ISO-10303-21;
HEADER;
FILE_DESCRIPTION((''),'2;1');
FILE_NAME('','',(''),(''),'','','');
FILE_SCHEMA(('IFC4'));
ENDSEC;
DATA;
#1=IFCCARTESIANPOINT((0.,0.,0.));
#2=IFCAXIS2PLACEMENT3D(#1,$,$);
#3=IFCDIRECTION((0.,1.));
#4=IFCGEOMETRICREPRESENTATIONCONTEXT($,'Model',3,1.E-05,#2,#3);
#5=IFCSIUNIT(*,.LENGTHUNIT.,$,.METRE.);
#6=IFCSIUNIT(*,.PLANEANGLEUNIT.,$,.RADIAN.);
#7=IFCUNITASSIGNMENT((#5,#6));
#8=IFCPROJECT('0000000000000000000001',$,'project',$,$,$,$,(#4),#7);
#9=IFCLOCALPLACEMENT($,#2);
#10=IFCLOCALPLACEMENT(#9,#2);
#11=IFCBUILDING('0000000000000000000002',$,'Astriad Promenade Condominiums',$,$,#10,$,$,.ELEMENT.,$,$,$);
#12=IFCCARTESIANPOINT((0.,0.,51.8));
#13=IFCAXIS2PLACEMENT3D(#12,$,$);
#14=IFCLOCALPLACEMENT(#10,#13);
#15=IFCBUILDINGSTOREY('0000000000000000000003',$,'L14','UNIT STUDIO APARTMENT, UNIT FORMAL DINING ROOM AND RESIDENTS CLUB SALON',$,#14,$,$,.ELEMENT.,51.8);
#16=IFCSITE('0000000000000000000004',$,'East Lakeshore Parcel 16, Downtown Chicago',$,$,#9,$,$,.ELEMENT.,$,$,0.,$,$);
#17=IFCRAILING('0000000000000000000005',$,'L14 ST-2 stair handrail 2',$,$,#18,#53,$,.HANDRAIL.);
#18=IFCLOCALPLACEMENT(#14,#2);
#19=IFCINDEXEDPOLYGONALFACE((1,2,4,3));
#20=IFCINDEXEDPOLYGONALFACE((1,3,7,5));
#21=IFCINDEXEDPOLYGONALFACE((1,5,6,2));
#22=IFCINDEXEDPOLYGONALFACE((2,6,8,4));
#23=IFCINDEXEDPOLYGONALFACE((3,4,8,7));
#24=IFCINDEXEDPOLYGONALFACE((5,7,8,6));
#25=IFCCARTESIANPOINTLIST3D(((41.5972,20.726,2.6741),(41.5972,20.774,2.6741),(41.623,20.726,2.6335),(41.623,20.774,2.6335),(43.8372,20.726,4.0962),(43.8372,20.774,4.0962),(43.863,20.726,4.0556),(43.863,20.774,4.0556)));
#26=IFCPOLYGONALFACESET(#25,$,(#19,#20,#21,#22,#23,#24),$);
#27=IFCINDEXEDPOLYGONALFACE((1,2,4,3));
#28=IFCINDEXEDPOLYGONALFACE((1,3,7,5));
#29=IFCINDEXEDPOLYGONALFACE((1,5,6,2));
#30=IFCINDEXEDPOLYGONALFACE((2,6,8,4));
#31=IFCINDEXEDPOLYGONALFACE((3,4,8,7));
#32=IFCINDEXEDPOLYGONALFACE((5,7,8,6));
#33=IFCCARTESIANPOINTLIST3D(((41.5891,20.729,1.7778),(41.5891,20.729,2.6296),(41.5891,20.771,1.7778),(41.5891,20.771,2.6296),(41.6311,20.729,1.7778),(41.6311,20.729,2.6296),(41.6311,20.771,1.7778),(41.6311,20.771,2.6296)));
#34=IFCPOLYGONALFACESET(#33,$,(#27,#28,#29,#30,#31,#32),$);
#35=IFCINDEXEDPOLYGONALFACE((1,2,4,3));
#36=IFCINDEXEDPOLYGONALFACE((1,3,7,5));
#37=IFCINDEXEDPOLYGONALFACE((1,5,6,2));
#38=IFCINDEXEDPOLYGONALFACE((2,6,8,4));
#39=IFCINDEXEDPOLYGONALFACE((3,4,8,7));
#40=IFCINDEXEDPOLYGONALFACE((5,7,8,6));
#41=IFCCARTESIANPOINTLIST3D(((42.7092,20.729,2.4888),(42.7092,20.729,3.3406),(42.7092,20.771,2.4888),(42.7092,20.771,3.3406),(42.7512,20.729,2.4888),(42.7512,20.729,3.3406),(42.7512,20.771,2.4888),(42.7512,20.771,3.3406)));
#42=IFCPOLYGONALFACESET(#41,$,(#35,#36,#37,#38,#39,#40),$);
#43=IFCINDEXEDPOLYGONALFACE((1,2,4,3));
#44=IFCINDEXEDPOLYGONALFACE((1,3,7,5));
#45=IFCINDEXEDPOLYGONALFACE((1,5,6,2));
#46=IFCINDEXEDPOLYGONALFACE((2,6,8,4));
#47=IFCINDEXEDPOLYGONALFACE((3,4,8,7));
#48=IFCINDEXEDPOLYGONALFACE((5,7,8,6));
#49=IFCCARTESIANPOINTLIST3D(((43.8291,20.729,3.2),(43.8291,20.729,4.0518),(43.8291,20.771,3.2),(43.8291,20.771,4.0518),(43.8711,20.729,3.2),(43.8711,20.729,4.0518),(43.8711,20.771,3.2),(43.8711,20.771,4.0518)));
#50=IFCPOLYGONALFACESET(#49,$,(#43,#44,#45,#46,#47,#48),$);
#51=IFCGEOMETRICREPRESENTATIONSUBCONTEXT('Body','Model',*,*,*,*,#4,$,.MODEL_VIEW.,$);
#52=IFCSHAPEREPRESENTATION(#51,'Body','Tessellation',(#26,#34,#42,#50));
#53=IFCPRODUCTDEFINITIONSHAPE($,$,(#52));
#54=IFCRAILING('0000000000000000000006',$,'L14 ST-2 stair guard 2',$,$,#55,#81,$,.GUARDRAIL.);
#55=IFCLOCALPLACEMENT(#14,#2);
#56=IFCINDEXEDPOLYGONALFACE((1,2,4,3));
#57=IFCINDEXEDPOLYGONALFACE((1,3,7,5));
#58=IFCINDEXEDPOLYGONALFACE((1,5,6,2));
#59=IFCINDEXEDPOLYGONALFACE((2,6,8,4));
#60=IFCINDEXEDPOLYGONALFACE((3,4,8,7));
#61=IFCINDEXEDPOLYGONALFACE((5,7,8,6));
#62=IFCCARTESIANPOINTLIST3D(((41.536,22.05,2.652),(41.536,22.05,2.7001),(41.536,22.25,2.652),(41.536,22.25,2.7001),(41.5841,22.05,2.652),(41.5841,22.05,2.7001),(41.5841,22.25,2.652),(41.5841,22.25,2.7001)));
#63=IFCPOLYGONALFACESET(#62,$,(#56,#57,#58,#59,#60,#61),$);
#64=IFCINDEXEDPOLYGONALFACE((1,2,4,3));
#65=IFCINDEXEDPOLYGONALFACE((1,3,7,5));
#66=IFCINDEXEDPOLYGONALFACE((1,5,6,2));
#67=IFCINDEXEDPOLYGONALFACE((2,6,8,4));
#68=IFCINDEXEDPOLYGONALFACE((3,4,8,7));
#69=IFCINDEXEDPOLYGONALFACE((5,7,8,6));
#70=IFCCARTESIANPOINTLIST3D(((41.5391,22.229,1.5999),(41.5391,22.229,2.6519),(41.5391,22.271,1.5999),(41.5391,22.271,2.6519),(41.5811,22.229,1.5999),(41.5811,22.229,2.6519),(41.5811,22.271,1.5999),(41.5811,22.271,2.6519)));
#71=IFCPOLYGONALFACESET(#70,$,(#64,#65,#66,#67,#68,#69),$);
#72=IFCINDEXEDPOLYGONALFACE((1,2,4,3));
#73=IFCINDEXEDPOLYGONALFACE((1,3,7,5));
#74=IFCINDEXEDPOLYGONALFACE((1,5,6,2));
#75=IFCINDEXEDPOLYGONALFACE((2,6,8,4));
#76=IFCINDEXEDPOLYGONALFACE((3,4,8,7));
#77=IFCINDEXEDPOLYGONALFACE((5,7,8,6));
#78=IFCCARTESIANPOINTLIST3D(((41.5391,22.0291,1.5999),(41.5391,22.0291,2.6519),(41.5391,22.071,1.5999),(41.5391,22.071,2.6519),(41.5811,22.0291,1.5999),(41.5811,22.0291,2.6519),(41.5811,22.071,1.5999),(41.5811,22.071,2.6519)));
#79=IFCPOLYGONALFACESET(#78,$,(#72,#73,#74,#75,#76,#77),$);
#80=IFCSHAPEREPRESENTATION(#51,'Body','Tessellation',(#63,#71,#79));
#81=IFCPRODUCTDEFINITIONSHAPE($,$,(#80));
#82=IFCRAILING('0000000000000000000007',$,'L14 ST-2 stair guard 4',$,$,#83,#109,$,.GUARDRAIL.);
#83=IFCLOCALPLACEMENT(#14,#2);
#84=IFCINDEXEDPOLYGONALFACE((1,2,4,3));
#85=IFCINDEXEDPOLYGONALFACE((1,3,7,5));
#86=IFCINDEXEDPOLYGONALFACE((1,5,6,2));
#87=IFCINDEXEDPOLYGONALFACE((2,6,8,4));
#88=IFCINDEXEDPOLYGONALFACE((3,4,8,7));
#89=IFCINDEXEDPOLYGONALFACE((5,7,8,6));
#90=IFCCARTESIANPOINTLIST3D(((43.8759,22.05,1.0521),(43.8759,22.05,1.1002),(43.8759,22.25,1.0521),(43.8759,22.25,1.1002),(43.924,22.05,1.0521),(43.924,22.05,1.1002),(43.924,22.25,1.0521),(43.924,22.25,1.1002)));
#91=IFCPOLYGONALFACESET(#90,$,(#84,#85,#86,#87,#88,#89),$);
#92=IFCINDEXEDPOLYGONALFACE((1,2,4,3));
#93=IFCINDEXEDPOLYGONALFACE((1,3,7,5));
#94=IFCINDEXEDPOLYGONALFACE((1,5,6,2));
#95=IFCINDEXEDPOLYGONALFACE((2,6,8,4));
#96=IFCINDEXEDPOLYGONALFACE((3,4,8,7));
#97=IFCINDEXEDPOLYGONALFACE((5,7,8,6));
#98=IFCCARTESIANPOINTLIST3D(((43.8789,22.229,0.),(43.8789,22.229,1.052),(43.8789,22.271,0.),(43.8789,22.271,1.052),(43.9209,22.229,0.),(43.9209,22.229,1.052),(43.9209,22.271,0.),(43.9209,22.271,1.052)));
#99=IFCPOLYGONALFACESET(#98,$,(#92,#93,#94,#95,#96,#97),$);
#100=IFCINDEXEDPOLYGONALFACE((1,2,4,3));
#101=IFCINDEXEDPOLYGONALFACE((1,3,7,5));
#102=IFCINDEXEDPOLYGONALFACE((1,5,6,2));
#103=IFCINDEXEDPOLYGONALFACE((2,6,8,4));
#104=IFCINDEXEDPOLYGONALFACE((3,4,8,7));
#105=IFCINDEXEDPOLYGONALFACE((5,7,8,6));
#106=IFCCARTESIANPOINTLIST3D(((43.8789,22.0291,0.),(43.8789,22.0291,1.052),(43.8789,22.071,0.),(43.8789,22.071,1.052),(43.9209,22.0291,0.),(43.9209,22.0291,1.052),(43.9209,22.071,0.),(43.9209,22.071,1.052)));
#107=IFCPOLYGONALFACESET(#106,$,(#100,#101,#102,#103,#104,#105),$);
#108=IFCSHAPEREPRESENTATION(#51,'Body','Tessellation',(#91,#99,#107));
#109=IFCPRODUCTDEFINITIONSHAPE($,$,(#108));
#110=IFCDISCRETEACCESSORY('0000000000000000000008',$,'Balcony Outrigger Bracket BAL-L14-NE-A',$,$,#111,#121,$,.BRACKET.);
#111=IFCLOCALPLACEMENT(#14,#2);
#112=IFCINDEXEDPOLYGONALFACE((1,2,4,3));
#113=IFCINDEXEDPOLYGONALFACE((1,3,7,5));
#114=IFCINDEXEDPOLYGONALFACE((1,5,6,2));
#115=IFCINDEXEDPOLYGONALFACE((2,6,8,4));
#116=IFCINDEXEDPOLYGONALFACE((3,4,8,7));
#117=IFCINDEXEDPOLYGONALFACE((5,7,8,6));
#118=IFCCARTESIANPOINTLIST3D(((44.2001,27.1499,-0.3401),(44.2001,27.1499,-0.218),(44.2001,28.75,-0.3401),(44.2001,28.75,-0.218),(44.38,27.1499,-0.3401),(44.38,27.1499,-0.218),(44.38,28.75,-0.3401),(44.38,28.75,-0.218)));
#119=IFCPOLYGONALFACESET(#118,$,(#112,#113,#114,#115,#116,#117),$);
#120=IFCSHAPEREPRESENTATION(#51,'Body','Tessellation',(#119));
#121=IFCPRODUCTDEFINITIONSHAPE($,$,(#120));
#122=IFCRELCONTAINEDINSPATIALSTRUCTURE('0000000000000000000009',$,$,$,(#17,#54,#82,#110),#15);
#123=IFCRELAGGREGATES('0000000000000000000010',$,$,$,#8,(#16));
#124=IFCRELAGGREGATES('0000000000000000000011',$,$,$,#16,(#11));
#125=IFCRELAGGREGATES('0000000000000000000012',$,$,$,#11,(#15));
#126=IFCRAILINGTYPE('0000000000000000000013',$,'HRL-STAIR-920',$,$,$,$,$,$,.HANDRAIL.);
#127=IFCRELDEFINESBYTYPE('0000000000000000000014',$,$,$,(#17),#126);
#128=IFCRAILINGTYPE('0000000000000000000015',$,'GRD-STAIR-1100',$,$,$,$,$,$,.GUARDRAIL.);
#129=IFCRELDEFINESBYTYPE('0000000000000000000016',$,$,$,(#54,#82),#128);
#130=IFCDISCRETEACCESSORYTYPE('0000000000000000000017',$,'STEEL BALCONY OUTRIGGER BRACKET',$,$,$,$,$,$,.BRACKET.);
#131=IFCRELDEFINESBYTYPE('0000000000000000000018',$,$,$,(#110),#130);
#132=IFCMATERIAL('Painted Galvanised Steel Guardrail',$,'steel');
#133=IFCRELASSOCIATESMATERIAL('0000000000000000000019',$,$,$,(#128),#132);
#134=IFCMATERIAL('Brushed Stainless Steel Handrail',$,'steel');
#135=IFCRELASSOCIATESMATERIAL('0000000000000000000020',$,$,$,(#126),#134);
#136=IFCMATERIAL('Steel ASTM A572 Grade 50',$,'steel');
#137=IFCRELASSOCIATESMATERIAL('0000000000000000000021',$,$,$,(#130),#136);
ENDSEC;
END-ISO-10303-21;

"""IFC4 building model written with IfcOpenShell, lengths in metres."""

from ifc_helpers import new_model, si_unit, direction, frame, origin, origin_2d, place, context, subcontext, project, spatial, rectangle, extrude, source, transform, mapped, material, type_object, type_shapes, element, save


model = new_model("IFC4")

# Units and contexts
model_context = context("Model", 3, precision=1e-05, world=origin(), true_north=direction((0.0, 1.0)))
body_context = subcontext(model_context, "Body", "Model", "MODEL_VIEW")
ifc_project = project(units=[si_unit("LENGTHUNIT", "METRE"), si_unit("PLANEANGLEUNIT", "RADIAN")], contexts=[model_context])

# Site, building, storey
site_placement = place(None, origin())
site = spatial("IfcSite", under=ifc_project, at=site_placement, Name="East Lakeshore Parcel 16, Downtown Chicago", CompositionType="ELEMENT", RefElevation=0.0)
building_placement = place(site_placement, origin())
building = spatial("IfcBuilding", under=site, at=building_placement, Name="Astriad Promenade Condominiums", CompositionType="ELEMENT")
storey_placement = place(building_placement, frame((0.0, 0.0, 51.8)))
storey = spatial("IfcBuildingStorey", under=building, at=storey_placement, Name="L14", Description="UNIT STUDIO APARTMENT, UNIT FORMAL DINING ROOM AND RESIDENTS CLUB SALON", CompositionType="ELEMENT", Elevation=51.8)

# Railings
ifc_material_1 = material(Name="Painted Galvanised Steel Guardrail", Category="steel")
railing_type_1 = type_object("IfcRailingType", Name="GRD-STAIR-1100", PredefinedType="GUARDRAIL", material=ifc_material_1)
ifc_material_2 = material(Name="Brushed Stainless Steel Handrail", Category="steel")
railing_type_2 = type_object("IfcRailingType", Name="HRL-STAIR-920", PredefinedType="HANDRAIL", material=ifc_material_2)
shared_shape_1 = source(origin(), body_context, "Body", "SweptSolid", [
    extrude(rectangle(XDim=0.0481, YDim=0.0481, at=origin_2d()), frame((0.0, 0.0, 0.876), z_axis=(0.844229, 0.0, 0.535982), x_axis=(0.0, 1.0, 0.0)), (0.0, 0.0, 1.0), 2.6533),
    extrude(rectangle(XDim=0.042, YDim=0.042, at=origin_2d()), origin(), (0.0, 0.0, 1.0), 0.8518),
    extrude(rectangle(XDim=0.042, YDim=0.042, at=origin_2d()), frame((1.1201, 0.0, 0.7109)), (0.0, 0.0, 1.0), 0.8518),
    extrude(rectangle(XDim=0.042, YDim=0.042, at=origin_2d()), frame((2.24, 0.0, 1.4221)), (0.0, 0.0, 1.0), 0.8518),
])
railing_1_placement = place(storey_placement, frame((41.6101, 20.75, 1.7778)))
element("IfcRailing", 1, at=railing_1_placement, inside=storey, type_object=railing_type_2, Name="L14 ST-2 stair handrail 2", PredefinedType="HANDRAIL", context=body_context, shape_type="MappedRepresentation", body=[
    mapped(shared_shape_1, transform((0.0, 0.0, 0.0), scale=1.0)),
])
shared_shape_2 = source(origin(), body_context, "Body", "SweptSolid", [
    extrude(rectangle(XDim=0.0481, YDim=0.0481, at=origin_2d()), frame((0.0, 0.0, 1.0762), z_axis=(0.0, -1.0, 0.0), x_axis=(1.0, 0.0, 0.0)), (0.0, 0.0, 1.0), 0.2),
    extrude(rectangle(XDim=0.042, YDim=0.042, at=origin_2d()), origin(), (0.0, 0.0, 1.0), 1.052),
    extrude(rectangle(XDim=0.042, YDim=0.042, at=origin_2d()), frame((0.0, -0.2, 0.0)), (0.0, 0.0, 1.0), 1.052),
])
for number, where, name in (
    (2, (41.5601, 22.25, 1.5999), "L14 ST-2 stair guard 2"),
    (3, (43.8999, 22.25, 0.0), "L14 ST-2 stair guard 4"),
):
    element("IfcRailing", number, at=place(storey_placement, frame(where)), inside=storey, type_object=railing_type_1, Name=name, PredefinedType="GUARDRAIL", context=body_context, shape_type="MappedRepresentation", body=[
        mapped(shared_shape_2, transform((0.0, 0.0, 0.0), scale=1.0)),
    ])

# Discrete accessory
ifc_material_3 = material(Name="Steel ASTM A572 Grade 50", Category="steel")
discrete_accessory_type = type_object("IfcDiscreteAccessoryType", Name="STEEL BALCONY OUTRIGGER BRACKET", PredefinedType="BRACKET", material=ifc_material_3)
shared_shape_3 = source(origin(), body_context, "Body", "SweptSolid", [
    extrude(rectangle(XDim=1.6001, YDim=0.1799, at=origin_2d()), origin(), (0.0, 0.0, 1.0), 0.1221),
])
type_shapes(discrete_accessory_type, [shared_shape_3])
discrete_accessory_placement = place(storey_placement, frame((44.29, 27.95, -0.3401), z_axis=(0.0, 0.0, 1.0), x_axis=(0.0, 1.0, 0.0)))
element("IfcDiscreteAccessory", 4, at=discrete_accessory_placement, inside=storey, type_object=discrete_accessory_type, Name="Balcony Outrigger Bracket BAL-L14-NE-A", PredefinedType="BRACKET", context=body_context, shape_type="MappedRepresentation", body=[
    mapped(shared_shape_3, transform((0.0, 0.0, 0.0), scale=1.0)),
])

save(model, "model.ifc")
